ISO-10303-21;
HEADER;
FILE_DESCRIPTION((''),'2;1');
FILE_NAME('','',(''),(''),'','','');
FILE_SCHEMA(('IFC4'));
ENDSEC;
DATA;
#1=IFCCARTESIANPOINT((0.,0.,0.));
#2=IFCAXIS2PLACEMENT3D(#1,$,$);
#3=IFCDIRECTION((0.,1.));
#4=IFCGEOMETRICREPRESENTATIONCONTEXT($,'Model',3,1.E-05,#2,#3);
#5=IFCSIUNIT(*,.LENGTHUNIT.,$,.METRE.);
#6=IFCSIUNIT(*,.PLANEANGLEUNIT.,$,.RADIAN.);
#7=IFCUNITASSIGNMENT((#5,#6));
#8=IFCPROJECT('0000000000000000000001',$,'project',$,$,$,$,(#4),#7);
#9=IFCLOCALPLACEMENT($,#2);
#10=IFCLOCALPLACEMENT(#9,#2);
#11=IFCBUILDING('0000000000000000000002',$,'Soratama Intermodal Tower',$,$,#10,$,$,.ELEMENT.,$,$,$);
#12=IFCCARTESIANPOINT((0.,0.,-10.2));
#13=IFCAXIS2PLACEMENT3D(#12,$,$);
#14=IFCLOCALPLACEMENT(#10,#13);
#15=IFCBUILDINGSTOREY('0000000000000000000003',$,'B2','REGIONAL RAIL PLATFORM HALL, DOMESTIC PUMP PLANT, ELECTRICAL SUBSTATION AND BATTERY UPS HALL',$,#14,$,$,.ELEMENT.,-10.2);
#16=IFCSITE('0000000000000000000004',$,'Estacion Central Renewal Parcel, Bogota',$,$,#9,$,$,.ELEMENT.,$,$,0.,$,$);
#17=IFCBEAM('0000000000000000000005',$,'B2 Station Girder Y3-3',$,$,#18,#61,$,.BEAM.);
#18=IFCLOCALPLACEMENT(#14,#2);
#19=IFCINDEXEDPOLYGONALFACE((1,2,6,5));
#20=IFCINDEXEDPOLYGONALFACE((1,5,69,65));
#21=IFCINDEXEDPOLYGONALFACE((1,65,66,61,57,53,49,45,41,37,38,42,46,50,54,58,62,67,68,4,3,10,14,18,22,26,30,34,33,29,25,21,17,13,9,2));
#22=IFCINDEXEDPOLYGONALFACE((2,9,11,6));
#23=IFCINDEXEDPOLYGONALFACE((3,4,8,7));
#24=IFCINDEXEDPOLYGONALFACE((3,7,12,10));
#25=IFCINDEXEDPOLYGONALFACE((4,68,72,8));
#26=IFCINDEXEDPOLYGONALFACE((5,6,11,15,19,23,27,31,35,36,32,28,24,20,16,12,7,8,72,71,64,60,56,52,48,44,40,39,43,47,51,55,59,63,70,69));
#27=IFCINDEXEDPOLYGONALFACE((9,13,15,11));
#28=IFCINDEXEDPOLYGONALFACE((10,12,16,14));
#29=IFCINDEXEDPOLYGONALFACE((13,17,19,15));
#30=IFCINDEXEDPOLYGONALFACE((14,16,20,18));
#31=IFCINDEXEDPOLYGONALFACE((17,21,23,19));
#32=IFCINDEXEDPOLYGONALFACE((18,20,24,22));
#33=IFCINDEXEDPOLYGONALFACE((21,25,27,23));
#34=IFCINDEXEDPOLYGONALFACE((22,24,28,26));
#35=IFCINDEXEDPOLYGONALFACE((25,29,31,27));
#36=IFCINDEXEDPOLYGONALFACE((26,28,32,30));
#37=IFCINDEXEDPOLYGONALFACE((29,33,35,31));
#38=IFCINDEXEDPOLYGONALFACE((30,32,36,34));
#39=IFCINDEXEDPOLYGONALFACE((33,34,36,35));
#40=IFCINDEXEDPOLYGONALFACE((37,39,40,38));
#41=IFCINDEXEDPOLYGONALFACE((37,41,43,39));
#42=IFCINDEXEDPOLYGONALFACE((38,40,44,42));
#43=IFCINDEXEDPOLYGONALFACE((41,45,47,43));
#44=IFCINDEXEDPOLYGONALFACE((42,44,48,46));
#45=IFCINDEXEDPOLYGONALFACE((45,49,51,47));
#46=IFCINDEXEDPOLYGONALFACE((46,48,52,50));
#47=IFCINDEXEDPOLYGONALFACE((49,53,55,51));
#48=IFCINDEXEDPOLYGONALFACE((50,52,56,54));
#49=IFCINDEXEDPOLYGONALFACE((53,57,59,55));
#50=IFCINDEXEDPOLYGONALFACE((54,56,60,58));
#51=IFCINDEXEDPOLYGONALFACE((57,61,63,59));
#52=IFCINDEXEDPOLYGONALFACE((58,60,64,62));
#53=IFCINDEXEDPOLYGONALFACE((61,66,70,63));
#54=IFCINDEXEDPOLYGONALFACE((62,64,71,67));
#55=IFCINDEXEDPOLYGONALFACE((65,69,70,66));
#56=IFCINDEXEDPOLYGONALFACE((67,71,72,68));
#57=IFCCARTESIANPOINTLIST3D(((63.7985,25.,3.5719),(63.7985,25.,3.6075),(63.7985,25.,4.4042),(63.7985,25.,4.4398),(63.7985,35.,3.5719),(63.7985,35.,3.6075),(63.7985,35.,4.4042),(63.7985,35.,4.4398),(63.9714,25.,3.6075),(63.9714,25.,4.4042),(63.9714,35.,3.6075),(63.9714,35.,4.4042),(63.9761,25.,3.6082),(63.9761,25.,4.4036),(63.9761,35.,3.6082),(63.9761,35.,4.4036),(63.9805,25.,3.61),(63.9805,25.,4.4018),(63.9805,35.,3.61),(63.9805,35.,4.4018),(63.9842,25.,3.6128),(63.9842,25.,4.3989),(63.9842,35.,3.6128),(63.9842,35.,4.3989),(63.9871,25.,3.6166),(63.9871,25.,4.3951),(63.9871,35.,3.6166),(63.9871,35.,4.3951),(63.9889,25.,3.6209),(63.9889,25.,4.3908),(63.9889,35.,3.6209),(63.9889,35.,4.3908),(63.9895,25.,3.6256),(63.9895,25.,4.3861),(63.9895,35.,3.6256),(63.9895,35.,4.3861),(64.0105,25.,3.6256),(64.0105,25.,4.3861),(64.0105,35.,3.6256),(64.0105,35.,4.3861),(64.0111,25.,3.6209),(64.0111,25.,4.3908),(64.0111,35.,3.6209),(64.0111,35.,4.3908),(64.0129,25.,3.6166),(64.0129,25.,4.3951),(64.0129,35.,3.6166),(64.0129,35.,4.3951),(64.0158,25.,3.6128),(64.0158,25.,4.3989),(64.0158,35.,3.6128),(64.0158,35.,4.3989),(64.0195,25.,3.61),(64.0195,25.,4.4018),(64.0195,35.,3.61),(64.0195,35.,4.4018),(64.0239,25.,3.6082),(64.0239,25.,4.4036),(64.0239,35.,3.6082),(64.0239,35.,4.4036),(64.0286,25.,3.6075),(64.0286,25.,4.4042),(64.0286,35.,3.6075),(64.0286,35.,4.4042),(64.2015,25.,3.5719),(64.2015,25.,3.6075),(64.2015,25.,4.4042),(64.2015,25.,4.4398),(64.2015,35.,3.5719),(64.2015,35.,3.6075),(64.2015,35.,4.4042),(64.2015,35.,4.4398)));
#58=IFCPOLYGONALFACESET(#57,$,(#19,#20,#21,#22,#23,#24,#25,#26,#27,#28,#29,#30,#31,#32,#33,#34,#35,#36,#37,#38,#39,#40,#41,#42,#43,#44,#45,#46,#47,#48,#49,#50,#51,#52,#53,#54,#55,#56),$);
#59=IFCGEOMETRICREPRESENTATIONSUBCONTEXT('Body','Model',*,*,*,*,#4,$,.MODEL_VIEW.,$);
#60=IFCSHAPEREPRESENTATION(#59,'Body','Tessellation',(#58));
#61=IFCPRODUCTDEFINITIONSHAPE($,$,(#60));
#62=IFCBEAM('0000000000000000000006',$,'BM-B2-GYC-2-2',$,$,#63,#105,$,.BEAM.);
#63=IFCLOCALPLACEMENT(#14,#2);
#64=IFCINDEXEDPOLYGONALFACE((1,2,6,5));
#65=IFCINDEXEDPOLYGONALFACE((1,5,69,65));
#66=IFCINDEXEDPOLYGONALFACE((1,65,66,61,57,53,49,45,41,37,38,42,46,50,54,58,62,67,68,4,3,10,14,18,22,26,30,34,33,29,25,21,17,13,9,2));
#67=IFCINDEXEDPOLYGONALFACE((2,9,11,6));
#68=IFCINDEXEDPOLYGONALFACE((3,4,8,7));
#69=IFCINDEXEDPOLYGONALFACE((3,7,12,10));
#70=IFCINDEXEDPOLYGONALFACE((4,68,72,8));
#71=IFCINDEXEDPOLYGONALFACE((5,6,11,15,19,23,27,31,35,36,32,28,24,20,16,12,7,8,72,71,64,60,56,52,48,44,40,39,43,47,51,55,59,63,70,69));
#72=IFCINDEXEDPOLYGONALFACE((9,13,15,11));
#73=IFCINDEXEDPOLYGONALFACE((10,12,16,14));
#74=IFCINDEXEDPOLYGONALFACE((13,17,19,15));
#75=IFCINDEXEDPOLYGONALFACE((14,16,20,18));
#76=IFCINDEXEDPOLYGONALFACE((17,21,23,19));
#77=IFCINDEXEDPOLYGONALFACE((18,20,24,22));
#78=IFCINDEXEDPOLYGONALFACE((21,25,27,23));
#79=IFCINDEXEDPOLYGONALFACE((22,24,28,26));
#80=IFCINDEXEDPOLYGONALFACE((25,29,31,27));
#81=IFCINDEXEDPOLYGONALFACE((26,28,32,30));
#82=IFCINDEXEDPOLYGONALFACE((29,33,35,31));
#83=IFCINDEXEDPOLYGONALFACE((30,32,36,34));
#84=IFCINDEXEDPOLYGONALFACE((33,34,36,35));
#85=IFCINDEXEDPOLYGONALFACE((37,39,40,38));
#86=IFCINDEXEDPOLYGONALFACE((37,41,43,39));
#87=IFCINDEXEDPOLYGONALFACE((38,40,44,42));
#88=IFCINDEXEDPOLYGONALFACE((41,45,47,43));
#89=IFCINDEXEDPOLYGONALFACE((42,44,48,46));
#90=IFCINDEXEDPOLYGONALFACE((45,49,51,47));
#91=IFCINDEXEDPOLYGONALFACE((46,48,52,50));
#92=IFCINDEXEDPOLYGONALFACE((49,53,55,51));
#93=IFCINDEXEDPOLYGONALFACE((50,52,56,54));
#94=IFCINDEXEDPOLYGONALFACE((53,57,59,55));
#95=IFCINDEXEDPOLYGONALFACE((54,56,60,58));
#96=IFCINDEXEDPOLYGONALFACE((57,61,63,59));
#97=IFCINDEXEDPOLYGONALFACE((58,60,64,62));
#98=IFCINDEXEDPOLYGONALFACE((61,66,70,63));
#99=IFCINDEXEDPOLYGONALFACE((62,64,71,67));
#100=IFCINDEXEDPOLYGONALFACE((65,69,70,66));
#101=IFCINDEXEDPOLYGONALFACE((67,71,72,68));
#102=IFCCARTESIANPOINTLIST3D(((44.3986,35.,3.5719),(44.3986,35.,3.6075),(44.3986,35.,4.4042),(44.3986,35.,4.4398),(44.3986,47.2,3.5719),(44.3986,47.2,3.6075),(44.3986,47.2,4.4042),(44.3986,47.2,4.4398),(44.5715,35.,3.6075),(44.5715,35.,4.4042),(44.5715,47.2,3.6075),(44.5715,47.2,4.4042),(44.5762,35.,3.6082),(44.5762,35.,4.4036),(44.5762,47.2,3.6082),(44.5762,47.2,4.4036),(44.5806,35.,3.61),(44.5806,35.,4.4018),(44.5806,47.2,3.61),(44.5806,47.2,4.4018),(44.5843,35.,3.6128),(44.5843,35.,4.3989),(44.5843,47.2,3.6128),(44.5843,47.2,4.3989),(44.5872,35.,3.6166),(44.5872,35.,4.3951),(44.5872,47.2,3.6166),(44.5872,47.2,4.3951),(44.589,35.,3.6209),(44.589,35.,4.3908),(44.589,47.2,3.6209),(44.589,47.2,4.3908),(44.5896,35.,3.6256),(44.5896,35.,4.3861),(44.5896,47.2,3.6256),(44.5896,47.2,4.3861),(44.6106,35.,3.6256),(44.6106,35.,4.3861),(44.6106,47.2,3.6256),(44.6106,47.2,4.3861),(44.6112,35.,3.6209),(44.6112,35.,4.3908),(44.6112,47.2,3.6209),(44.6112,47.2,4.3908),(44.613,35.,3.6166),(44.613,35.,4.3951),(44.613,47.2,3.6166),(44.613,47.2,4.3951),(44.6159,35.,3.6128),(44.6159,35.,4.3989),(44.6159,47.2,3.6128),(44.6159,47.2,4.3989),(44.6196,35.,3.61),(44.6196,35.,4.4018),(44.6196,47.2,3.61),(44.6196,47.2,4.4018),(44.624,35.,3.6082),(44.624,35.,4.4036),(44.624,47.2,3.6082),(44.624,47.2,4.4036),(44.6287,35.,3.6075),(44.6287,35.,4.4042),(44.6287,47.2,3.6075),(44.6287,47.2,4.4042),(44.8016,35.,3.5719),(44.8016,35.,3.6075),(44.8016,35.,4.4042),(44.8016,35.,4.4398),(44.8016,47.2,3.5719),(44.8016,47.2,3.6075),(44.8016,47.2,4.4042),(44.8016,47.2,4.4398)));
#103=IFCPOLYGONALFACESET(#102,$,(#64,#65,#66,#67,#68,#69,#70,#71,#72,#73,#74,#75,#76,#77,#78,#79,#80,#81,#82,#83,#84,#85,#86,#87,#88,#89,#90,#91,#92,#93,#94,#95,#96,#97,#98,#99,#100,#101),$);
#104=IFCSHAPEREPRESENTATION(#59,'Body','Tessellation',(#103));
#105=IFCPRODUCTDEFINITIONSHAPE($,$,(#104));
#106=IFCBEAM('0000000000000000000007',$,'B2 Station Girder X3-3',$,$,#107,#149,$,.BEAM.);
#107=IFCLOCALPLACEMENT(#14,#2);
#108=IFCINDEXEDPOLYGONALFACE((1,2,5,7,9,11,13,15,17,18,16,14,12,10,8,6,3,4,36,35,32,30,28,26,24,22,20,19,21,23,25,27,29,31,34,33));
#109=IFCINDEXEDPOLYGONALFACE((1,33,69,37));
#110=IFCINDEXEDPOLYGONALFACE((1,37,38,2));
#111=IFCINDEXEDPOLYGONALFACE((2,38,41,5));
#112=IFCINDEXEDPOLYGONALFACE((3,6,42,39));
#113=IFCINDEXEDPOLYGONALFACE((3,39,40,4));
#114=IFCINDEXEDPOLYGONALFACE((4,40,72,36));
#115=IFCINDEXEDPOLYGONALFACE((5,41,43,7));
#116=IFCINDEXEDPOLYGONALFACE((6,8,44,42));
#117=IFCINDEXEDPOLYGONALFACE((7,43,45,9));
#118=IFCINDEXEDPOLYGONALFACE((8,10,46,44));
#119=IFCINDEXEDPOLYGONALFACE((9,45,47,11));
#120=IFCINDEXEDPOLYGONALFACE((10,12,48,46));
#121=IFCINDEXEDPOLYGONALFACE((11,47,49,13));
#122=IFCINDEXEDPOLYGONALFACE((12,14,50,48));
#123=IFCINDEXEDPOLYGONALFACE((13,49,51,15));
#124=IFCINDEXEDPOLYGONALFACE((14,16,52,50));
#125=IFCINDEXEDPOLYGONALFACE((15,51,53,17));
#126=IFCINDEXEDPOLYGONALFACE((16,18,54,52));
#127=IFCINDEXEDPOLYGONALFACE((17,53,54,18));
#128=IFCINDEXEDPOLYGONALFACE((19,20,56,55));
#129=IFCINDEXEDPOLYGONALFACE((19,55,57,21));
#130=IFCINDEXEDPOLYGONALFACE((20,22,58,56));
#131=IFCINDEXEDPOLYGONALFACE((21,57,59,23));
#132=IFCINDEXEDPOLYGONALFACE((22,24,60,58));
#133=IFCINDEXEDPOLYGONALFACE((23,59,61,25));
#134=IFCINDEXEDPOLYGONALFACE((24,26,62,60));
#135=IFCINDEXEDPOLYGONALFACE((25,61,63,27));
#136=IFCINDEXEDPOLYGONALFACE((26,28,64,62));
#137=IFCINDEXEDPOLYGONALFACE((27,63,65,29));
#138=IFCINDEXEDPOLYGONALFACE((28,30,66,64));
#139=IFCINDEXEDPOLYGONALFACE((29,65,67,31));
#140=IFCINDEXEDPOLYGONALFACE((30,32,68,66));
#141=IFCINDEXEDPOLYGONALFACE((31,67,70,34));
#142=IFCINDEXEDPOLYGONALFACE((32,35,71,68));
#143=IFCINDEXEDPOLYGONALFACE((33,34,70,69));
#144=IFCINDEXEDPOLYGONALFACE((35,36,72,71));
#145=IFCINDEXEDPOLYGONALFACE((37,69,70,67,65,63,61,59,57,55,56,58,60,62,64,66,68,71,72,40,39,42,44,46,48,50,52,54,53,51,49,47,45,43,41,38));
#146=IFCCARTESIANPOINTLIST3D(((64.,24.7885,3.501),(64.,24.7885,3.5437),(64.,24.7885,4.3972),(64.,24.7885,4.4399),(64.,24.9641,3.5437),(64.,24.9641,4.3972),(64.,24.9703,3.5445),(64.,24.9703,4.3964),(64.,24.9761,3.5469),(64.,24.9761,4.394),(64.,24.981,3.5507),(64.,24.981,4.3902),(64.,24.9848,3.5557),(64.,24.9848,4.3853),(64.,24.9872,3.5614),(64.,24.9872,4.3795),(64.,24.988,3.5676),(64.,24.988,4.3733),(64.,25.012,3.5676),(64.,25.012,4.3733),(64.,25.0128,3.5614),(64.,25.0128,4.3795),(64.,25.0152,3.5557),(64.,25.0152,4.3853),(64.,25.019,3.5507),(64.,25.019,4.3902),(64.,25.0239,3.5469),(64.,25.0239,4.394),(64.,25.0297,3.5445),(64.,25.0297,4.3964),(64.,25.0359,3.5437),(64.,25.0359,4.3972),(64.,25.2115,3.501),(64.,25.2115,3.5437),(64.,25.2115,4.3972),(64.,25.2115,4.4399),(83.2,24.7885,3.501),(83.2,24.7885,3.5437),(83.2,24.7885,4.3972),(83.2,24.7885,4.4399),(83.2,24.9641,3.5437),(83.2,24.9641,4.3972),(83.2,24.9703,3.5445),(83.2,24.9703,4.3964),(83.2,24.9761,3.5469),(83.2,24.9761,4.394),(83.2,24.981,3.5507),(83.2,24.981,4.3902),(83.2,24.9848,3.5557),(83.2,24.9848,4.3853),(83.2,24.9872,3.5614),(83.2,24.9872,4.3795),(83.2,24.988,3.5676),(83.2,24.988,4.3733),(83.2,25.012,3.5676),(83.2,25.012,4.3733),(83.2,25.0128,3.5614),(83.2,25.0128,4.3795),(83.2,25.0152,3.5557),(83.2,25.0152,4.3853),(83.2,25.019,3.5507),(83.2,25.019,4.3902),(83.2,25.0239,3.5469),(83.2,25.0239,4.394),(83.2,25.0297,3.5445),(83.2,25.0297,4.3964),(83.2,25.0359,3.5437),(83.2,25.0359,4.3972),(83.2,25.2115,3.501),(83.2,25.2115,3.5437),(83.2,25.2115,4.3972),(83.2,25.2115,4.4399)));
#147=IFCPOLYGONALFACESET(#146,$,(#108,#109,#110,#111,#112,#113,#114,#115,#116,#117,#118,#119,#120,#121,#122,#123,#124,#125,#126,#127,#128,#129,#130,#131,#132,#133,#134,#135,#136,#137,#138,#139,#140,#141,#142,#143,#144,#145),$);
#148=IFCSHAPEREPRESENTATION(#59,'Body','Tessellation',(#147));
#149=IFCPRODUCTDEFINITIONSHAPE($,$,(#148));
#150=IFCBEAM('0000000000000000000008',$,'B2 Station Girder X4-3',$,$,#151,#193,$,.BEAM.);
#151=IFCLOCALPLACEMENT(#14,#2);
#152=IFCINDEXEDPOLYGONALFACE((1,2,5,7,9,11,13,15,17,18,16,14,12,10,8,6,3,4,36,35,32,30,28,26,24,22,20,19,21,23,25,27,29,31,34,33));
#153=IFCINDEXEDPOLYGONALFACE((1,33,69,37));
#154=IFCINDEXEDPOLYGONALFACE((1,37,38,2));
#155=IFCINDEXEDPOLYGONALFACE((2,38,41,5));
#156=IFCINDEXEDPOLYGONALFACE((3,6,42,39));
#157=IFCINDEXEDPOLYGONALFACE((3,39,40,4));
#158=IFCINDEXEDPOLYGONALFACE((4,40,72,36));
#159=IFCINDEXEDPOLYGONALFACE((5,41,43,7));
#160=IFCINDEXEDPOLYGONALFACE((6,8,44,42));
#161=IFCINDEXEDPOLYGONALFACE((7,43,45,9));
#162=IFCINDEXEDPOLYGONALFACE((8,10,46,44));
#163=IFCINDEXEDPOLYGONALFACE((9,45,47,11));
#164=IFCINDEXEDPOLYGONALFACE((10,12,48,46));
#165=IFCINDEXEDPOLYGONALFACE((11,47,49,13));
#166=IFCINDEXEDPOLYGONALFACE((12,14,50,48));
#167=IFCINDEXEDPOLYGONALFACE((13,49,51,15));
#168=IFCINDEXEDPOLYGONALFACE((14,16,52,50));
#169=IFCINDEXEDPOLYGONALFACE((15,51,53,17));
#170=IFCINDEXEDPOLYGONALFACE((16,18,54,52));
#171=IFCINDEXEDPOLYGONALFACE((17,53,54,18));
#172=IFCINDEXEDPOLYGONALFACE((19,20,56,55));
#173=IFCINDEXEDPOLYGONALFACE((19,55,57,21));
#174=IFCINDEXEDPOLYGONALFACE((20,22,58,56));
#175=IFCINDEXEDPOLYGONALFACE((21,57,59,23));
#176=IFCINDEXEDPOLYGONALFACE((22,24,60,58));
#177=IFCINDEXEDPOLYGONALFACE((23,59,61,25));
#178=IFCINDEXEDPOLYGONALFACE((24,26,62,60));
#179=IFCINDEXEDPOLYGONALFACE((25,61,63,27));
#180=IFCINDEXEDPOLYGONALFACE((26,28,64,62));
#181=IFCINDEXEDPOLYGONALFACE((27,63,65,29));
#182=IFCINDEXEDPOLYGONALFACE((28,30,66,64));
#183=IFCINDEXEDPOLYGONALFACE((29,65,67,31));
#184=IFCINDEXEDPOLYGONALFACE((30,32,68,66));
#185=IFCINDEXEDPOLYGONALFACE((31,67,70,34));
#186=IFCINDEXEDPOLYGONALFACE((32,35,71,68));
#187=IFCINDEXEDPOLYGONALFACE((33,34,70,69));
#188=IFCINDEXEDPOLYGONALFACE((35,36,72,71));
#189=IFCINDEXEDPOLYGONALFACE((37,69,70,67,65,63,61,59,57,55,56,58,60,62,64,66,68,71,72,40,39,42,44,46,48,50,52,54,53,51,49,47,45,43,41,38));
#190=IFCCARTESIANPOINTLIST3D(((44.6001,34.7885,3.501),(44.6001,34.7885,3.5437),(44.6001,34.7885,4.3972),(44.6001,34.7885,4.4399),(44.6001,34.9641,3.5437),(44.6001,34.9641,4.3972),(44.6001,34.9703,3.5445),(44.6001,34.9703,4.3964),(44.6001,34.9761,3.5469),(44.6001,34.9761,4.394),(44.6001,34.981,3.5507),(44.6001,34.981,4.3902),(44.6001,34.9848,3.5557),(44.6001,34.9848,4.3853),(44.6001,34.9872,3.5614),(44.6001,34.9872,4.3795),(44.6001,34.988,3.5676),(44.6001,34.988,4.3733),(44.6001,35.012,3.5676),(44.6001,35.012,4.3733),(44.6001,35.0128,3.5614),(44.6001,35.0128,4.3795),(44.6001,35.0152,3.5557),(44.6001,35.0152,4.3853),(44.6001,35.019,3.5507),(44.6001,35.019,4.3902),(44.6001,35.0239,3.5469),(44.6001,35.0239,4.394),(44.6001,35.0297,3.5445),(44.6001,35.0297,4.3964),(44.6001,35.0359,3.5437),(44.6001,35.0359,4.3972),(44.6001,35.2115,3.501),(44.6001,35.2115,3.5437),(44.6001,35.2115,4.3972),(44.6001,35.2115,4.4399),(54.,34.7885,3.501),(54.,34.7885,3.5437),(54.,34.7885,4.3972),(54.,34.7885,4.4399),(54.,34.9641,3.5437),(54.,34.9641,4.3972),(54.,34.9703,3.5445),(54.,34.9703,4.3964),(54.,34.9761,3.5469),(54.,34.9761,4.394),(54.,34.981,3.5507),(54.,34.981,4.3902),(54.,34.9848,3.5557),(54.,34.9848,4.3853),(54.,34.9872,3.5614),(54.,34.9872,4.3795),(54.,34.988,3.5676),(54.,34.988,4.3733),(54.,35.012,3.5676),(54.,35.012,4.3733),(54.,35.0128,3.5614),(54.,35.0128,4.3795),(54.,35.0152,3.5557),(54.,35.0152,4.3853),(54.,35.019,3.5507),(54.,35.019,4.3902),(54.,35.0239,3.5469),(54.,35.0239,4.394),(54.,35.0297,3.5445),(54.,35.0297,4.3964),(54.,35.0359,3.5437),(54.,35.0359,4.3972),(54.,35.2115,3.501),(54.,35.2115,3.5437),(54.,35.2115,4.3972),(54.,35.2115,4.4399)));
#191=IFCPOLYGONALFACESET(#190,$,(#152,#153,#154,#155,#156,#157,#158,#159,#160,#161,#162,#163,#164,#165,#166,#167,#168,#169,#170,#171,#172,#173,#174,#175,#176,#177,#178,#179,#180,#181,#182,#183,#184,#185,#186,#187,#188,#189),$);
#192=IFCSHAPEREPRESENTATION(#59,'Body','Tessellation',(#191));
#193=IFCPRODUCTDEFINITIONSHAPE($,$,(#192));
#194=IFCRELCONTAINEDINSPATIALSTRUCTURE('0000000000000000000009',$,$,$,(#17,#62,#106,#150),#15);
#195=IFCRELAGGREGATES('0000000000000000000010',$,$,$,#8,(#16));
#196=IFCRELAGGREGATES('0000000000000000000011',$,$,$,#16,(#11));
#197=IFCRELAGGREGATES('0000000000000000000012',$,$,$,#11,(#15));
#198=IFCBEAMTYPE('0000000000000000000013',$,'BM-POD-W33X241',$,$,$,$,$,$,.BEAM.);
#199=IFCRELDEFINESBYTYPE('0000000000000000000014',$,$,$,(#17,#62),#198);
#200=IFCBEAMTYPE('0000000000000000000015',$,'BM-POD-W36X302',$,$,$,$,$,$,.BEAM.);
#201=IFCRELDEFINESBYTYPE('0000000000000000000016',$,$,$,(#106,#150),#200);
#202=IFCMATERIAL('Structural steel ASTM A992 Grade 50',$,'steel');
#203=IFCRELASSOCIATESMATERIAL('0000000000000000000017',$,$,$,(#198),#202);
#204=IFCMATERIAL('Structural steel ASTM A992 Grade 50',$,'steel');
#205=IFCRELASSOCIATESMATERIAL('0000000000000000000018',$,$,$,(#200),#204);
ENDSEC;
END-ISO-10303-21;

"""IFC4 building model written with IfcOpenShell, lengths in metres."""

from ifc_helpers import new_model, si_unit, direction, frame, origin, origin_2d, place, context, subcontext, project, spatial, i_section, extrude, material, material_profile, profile_set, type_object, element, save


model = new_model("IFC4")

# Units and contexts
model_context = context("Model", 3, precision=1e-05, world=origin(), true_north=direction((0.0, 1.0)))
body_context = subcontext(model_context, "Body", "Model", "MODEL_VIEW")
ifc_project = project(units=[si_unit("LENGTHUNIT", "METRE"), si_unit("PLANEANGLEUNIT", "RADIAN")], contexts=[model_context])

# Site, building, storey
site_placement = place(None, origin())
site = spatial("IfcSite", under=ifc_project, at=site_placement, Name="Estacion Central Renewal Parcel, Bogota", CompositionType="ELEMENT", RefElevation=0.0)
building_placement = place(site_placement, origin())
building = spatial("IfcBuilding", under=site, at=building_placement, Name="Soratama Intermodal Tower", CompositionType="ELEMENT")
storey_placement = place(building_placement, frame((0.0, 0.0, -10.2)))
storey = spatial("IfcBuildingStorey", under=building, at=storey_placement, Name="B2", Description="REGIONAL RAIL PLATFORM HALL, DOMESTIC PUMP PLANT, ELECTRICAL SUBSTATION AND BATTERY UPS HALL", CompositionType="ELEMENT", Elevation=-10.2)

# Beams
ifc_material_1 = material(Name="Structural steel ASTM A992 Grade 50", Category="steel")
ifc_material_profile_1 = material_profile(ifc_material_1, i_section(OverallWidth=0.4031, OverallDepth=0.8679, WebThickness=0.021, FlangeThickness=0.0356, FilletRadius=0.0181, at=origin_2d()), Name="W33X241")
ifc_profile_set_1 = profile_set([ifc_material_profile_1], Name="Structural steel ASTM A992 Grade 50")
beam_type_1 = type_object("IfcBeamType", Name="BM-POD-W33X241", PredefinedType="BEAM", material=ifc_profile_set_1)
beam_1_placement = place(storey_placement, frame((64.0, 25.0, 4.0059), z_axis=(0.0, 1.0, 0.0), x_axis=(-1.0, 0.0, 0.0)))
element("IfcBeam", 1, at=beam_1_placement, inside=storey, type_object=beam_type_1, Name="B2 Station Girder Y3-3", PredefinedType="BEAM", context=body_context, shape_type="SweptSolid", body=[
    extrude(i_section(OverallWidth=0.4031, OverallDepth=0.8679, WebThickness=0.021, FlangeThickness=0.0356, FilletRadius=0.0181, at=origin_2d()), origin(), (0.0, 0.0, 1.0), 10.0),
])
beam_2_placement = place(storey_placement, frame((44.6001, 35.0, 4.0059), z_axis=(0.0, 1.0, 0.0), x_axis=(-1.0, 0.0, 0.0)))
element("IfcBeam", 2, at=beam_2_placement, inside=storey, type_object=beam_type_1, Name="BM-B2-GYC-2-2", PredefinedType="BEAM", context=body_context, shape_type="SweptSolid", body=[
    extrude(i_section(OverallWidth=0.4031, OverallDepth=0.8679, WebThickness=0.021, FlangeThickness=0.0356, FilletRadius=0.0181, at=origin_2d()), origin(), (0.0, 0.0, 1.0), 12.2),
])
ifc_material_2 = material(Name="Structural steel ASTM A992 Grade 50", Category="steel")
ifc_material_profile_2 = material_profile(ifc_material_2, i_section(OverallWidth=0.4231, OverallDepth=0.939, WebThickness=0.0239, FlangeThickness=0.0427, FilletRadius=0.0239, at=origin_2d()), Name="W36X302")
ifc_profile_set_2 = profile_set([ifc_material_profile_2], Name="Structural steel ASTM A992 Grade 50")
beam_type_2 = type_object("IfcBeamType", Name="BM-POD-W36X302", PredefinedType="BEAM", material=ifc_profile_set_2)
beam_3_placement = place(storey_placement, frame((64.0, 25.0, 3.9705), z_axis=(1.0, 0.0, 0.0), x_axis=(0.0, 1.0, 0.0)))
element("IfcBeam", 3, at=beam_3_placement, inside=storey, type_object=beam_type_2, Name="B2 Station Girder X3-3", PredefinedType="BEAM", context=body_context, shape_type="SweptSolid", body=[
    extrude(i_section(OverallWidth=0.4231, OverallDepth=0.939, WebThickness=0.0239, FlangeThickness=0.0427, FilletRadius=0.0239, at=origin_2d()), origin(), (0.0, 0.0, 1.0), 19.2),
])
beam_4_placement = place(storey_placement, frame((44.6001, 35.0, 3.9705), z_axis=(1.0, 0.0, 0.0), x_axis=(0.0, 1.0, 0.0)))
element("IfcBeam", 4, at=beam_4_placement, inside=storey, type_object=beam_type_2, Name="B2 Station Girder X4-3", PredefinedType="BEAM", context=body_context, shape_type="SweptSolid", body=[
    extrude(i_section(OverallWidth=0.4231, OverallDepth=0.939, WebThickness=0.0239, FlangeThickness=0.0427, FilletRadius=0.0239, at=origin_2d()), origin(), (0.0, 0.0, 1.0), 9.3999),
])

save(model, "model.ifc")
